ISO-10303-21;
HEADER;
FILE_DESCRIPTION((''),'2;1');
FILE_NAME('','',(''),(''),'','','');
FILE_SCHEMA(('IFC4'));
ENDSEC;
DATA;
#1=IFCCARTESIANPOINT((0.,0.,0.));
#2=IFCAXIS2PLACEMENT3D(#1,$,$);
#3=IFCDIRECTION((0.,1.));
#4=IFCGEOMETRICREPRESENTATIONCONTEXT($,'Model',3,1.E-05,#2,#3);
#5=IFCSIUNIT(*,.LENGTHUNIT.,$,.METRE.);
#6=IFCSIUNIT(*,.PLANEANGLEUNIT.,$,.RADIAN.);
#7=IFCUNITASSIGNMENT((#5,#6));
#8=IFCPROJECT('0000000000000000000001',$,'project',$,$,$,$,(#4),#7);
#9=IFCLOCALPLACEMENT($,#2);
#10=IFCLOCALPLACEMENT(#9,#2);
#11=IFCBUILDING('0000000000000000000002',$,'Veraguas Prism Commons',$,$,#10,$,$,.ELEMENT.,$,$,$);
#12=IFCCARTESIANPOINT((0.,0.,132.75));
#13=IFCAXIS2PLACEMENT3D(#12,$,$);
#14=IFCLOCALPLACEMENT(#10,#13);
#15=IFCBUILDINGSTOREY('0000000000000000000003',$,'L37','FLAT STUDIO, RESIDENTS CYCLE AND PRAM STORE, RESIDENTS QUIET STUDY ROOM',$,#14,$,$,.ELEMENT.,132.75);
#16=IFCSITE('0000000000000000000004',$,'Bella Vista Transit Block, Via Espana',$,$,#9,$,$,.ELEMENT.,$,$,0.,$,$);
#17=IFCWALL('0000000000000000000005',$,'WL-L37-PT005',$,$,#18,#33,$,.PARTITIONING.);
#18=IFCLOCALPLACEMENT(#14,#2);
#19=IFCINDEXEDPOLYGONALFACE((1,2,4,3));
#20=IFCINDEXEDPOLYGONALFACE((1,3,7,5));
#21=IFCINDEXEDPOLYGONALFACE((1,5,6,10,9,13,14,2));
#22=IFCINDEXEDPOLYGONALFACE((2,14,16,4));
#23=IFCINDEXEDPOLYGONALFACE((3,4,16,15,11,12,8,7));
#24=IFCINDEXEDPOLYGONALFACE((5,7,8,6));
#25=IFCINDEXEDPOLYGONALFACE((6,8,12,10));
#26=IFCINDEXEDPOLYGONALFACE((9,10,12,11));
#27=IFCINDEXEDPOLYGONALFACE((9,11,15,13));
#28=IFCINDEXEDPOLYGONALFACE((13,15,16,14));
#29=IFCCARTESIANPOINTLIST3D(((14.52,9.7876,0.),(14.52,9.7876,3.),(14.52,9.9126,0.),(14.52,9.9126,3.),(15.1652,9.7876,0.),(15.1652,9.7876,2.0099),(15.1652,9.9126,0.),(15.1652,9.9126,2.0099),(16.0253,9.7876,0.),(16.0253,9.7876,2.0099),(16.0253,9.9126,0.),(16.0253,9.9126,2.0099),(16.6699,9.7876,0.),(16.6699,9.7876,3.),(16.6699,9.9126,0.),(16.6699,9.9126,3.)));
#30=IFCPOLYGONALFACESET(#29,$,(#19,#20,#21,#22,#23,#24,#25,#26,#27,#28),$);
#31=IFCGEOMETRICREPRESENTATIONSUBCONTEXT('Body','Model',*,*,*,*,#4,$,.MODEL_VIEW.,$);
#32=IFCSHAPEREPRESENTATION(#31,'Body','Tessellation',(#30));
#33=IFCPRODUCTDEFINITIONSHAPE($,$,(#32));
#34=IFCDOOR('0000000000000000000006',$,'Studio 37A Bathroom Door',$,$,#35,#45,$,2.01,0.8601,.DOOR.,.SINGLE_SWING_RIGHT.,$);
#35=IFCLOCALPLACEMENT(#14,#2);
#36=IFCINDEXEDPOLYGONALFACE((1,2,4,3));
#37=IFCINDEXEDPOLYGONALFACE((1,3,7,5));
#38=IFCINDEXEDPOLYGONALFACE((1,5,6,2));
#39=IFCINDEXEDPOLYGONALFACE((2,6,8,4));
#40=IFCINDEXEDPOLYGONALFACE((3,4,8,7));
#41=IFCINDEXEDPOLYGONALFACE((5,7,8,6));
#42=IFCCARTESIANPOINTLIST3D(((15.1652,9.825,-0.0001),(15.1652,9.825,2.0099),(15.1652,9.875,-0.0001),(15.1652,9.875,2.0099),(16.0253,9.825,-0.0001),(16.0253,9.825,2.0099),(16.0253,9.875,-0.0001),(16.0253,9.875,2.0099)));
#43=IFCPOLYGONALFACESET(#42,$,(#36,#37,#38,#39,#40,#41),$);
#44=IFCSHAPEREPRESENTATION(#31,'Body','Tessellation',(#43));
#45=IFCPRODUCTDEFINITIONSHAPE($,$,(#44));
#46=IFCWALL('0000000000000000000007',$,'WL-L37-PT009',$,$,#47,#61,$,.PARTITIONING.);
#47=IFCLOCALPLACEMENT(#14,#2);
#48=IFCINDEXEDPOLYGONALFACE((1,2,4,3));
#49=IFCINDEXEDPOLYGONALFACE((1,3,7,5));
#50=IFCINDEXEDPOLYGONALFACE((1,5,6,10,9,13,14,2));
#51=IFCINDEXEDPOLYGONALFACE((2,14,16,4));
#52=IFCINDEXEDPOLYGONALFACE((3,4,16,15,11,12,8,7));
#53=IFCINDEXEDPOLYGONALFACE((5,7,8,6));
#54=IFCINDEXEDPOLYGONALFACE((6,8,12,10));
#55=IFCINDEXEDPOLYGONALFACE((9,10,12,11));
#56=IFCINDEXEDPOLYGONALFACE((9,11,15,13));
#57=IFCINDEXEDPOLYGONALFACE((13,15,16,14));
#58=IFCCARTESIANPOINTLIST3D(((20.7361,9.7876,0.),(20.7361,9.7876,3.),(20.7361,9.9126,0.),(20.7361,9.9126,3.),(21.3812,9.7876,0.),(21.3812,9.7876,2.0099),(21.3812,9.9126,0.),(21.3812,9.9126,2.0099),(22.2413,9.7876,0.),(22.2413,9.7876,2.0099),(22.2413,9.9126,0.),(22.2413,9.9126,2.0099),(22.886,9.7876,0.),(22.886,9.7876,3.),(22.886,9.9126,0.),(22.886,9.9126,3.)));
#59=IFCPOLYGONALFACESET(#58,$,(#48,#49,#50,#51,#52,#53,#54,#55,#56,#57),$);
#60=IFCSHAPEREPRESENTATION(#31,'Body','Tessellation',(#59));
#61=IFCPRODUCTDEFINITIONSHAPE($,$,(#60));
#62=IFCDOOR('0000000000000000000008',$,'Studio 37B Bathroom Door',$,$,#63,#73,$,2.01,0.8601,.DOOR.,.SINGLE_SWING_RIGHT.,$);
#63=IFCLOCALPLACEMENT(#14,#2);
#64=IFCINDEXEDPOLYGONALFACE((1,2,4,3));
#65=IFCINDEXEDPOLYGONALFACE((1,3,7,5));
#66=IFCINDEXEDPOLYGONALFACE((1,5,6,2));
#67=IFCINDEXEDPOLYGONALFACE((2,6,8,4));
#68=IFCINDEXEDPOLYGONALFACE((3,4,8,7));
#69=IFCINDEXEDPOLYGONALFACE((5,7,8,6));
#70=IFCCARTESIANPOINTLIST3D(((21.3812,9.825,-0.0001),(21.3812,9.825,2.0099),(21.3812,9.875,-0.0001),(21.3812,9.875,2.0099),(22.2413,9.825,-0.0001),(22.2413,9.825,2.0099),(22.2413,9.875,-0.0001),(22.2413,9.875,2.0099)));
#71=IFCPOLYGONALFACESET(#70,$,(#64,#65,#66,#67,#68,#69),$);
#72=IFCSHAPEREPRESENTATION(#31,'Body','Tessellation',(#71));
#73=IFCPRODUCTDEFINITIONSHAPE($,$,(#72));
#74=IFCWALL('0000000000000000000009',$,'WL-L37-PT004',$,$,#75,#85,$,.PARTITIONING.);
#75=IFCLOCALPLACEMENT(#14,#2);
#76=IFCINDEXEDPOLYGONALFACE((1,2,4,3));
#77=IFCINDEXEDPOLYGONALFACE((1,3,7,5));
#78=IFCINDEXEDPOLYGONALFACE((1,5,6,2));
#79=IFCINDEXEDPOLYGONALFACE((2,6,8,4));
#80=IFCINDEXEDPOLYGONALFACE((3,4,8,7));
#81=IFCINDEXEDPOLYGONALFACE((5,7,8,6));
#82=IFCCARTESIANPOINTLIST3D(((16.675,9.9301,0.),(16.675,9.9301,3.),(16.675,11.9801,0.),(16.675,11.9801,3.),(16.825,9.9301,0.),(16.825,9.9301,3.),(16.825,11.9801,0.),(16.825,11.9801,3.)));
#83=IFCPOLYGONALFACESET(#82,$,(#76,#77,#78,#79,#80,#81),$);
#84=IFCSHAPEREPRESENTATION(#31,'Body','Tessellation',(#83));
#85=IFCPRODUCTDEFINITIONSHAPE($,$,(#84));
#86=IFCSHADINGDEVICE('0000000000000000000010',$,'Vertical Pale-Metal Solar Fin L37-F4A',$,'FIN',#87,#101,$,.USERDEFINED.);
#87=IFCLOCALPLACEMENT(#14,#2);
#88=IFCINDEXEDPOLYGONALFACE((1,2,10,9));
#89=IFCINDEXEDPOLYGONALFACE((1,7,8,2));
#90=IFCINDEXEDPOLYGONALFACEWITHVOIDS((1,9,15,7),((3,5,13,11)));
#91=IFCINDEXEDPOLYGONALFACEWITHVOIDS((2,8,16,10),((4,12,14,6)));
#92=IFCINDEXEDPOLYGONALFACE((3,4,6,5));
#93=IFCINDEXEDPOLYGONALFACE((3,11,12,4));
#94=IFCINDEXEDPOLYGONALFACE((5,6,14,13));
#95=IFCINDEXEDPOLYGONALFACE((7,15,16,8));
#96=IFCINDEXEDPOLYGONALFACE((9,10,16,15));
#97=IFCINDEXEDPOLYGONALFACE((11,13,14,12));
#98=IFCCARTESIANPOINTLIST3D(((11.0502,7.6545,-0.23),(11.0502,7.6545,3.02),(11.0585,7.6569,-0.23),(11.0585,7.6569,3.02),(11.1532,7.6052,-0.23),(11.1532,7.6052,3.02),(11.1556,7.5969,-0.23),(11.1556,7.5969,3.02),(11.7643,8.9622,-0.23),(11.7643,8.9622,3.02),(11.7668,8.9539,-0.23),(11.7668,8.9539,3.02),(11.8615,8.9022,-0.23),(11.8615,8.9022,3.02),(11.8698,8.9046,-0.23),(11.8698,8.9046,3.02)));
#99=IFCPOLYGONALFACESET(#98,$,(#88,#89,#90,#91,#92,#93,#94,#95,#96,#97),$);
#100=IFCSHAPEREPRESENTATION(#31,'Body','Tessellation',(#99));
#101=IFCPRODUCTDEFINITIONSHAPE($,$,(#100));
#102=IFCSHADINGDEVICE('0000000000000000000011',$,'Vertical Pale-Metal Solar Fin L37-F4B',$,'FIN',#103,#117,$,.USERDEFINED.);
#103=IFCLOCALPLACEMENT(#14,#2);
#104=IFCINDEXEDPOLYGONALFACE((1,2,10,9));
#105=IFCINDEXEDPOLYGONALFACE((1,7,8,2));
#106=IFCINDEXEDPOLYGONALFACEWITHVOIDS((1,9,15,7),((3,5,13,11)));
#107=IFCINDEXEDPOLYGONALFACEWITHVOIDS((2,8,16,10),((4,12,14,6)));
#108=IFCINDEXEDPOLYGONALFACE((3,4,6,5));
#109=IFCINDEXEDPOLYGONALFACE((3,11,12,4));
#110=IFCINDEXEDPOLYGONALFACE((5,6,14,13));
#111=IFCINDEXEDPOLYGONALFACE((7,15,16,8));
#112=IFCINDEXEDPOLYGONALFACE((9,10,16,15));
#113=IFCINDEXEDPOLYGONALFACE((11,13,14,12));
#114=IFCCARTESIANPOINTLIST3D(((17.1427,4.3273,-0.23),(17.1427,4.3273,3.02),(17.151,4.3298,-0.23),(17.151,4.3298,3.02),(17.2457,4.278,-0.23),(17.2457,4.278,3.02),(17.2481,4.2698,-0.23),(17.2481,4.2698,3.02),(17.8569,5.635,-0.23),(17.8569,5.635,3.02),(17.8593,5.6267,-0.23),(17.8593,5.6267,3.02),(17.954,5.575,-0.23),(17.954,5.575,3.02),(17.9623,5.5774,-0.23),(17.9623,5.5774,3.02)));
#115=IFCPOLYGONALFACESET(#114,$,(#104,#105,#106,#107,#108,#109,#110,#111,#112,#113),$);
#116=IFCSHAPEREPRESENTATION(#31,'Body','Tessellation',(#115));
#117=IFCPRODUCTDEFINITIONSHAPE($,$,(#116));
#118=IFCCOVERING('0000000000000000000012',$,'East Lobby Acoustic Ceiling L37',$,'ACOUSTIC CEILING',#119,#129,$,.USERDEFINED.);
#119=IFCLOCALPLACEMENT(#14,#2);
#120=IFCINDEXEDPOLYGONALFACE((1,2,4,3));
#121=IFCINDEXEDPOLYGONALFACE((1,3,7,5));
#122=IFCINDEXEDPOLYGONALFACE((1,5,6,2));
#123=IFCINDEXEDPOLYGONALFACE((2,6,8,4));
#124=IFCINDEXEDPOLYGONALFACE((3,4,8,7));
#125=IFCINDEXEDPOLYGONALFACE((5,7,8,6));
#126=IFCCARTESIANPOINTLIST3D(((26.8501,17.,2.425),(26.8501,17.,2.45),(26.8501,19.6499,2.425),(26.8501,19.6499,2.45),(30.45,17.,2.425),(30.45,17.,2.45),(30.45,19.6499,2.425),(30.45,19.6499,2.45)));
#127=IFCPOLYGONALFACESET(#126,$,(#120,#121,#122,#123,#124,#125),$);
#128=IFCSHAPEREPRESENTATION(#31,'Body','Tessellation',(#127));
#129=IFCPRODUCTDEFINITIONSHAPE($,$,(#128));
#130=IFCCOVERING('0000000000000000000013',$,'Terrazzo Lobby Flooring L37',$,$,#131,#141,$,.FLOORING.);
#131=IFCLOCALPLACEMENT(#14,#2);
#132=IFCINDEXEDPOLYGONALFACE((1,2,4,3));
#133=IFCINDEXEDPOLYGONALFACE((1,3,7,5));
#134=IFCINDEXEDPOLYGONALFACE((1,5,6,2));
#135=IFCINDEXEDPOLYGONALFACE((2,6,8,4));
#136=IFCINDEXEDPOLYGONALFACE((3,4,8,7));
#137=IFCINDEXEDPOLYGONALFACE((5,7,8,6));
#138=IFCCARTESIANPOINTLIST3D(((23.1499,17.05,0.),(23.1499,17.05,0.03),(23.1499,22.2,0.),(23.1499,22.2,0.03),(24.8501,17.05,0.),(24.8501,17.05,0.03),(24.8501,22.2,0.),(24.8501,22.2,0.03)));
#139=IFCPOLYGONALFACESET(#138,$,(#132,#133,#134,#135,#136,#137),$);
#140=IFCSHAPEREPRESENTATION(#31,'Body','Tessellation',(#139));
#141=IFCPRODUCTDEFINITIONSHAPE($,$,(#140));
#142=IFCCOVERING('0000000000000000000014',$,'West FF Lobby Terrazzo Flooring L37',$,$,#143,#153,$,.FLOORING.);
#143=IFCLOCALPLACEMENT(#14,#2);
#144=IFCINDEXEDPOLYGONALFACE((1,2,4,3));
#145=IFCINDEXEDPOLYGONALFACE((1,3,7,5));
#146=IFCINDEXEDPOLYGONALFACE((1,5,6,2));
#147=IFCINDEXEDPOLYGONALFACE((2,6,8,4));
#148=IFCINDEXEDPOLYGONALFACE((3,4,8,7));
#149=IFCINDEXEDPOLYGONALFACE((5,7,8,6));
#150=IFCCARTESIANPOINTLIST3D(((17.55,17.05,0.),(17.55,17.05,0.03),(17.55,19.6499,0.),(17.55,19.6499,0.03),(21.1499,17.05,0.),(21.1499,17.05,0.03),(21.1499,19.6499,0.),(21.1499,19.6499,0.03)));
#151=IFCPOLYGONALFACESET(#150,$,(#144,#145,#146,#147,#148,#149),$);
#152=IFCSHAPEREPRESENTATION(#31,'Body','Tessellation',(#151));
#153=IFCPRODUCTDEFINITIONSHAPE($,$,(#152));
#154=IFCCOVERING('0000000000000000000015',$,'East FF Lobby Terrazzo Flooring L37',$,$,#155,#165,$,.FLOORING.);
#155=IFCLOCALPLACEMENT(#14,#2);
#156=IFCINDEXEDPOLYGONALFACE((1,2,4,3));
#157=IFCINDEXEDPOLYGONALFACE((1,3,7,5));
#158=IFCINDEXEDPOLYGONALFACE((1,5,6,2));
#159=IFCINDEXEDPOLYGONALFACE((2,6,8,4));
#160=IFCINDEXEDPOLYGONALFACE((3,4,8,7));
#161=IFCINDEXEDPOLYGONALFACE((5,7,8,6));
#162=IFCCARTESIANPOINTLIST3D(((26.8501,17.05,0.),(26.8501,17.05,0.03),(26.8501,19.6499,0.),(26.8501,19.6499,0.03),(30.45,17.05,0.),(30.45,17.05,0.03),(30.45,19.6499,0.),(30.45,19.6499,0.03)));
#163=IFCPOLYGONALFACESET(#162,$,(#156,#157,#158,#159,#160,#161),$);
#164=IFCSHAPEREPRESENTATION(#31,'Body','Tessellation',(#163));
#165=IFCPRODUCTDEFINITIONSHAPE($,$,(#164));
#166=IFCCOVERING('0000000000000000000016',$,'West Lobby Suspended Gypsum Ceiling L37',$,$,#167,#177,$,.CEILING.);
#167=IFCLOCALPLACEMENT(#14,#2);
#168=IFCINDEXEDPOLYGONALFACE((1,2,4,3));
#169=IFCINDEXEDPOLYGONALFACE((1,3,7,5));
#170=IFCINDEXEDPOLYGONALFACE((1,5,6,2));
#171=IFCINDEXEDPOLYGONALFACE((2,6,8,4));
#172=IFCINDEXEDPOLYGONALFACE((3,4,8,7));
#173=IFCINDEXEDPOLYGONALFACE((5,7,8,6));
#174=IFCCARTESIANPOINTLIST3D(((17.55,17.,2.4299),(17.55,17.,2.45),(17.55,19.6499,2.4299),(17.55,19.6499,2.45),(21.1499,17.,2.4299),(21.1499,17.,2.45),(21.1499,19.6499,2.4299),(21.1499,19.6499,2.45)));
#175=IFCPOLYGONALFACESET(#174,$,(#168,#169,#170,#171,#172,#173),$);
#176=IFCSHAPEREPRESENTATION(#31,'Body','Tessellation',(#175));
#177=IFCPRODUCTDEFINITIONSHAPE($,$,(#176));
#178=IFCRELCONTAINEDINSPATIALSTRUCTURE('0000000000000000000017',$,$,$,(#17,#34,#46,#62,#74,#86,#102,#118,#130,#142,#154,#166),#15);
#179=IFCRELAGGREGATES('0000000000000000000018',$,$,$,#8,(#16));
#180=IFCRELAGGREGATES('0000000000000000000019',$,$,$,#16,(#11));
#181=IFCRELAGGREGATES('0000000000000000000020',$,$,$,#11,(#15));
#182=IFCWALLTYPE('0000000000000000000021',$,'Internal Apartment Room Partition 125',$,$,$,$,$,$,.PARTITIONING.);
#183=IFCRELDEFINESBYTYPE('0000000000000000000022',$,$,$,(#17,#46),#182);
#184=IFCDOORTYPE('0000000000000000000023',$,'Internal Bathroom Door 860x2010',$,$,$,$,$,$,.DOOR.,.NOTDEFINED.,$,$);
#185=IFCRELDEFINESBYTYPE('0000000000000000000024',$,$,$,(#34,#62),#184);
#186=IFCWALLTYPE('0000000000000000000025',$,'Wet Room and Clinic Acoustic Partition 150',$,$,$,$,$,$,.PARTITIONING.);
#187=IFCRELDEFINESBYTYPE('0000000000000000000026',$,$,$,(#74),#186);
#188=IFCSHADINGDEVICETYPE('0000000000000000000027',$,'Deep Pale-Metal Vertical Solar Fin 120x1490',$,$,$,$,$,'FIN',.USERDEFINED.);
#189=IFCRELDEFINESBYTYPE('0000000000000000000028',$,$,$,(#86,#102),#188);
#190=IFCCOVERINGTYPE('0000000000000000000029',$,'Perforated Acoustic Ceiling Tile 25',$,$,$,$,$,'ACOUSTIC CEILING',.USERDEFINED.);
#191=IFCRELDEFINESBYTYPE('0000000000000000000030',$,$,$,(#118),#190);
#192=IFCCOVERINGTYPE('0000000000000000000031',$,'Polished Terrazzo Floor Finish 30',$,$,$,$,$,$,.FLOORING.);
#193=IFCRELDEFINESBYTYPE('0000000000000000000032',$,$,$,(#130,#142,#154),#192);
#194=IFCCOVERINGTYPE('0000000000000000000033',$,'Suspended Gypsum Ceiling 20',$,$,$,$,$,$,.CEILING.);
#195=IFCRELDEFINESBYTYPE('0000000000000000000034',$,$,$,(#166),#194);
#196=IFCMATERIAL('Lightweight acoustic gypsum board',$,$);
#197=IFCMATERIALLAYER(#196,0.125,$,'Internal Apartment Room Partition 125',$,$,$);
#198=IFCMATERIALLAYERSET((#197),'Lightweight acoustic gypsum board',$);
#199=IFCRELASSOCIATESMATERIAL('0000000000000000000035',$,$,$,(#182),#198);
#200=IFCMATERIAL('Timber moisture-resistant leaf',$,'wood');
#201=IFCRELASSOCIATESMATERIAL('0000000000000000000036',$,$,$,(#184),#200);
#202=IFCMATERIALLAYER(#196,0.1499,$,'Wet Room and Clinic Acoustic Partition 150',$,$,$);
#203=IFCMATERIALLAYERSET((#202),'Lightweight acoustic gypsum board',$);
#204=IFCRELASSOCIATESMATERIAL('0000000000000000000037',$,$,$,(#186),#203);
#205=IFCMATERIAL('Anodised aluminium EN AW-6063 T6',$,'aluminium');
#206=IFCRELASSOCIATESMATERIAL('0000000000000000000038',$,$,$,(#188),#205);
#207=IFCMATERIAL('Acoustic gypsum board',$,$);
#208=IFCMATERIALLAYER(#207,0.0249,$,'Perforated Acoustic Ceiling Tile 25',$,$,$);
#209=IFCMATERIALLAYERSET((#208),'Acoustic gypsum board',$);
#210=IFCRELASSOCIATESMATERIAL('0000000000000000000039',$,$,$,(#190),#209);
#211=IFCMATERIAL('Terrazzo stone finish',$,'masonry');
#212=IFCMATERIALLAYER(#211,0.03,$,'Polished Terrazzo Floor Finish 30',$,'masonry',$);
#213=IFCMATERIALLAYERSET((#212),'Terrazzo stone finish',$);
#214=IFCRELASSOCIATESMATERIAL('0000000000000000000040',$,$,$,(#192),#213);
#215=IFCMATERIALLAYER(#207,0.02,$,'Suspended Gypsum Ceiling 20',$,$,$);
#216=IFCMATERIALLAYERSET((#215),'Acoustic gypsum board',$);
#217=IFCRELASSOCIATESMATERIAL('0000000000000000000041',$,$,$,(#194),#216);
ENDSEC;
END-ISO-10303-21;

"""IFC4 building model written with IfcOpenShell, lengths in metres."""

from ifc_helpers import new_model, si_unit, direction, frame, frame_2d, origin, origin_2d, place, context, subcontext, project, spatial, polyline, rectangle, hollow_rectangle, outline, extrude, source, transform, mapped, material, layer, layer_set, material_profile, profile_set, type_object, element, fill, save


model = new_model("IFC4")

# Units and contexts
model_context = context("Model", 3, precision=1e-05, world=origin(), true_north=direction((0.0, 1.0)))
body_context = subcontext(model_context, "Body", "Model", "MODEL_VIEW")
ifc_project = project(units=[si_unit("LENGTHUNIT", "METRE"), si_unit("PLANEANGLEUNIT", "RADIAN")], contexts=[model_context])

# Site, building, storey
site_placement = place(None, origin())
site = spatial("IfcSite", under=ifc_project, at=site_placement, Name="Bella Vista Transit Block, Via Espana", CompositionType="ELEMENT", RefElevation=0.0)
building_placement = place(site_placement, origin())
building = spatial("IfcBuilding", under=site, at=building_placement, Name="Veraguas Prism Commons", CompositionType="ELEMENT")
storey_placement = place(building_placement, frame((0.0, 0.0, 132.75)))
storey = spatial("IfcBuildingStorey", under=building, at=storey_placement, Name="L37", Description="FLAT STUDIO, RESIDENTS CYCLE AND PRAM STORE, RESIDENTS QUIET STUDY ROOM", CompositionType="ELEMENT", Elevation=132.75)

# Shared definitions
ifc_material_1 = material(Name="Anodised aluminium EN AW-6063 T6", Category="aluminium")

# Walls, openings, doors
ifc_material_2 = material(Name="Lightweight acoustic gypsum board")
ifc_layer_1 = layer(ifc_material_2, 0.125, Name="Internal Apartment Room Partition 125")
ifc_layer_set_1 = layer_set([ifc_layer_1], Name="Lightweight acoustic gypsum board")
wall_type_1 = type_object("IfcWallType", Name="Internal Apartment Room Partition 125", PredefinedType="PARTITIONING", material=ifc_layer_set_1)
wall_1_placement = place(storey_placement, frame((14.52, 9.8501, 0.0), z_axis=(0.0, 0.0, 1.0), x_axis=(1.0, 0.0, 0.0)))
wall_1 = element("IfcWall", 1, at=wall_1_placement, inside=storey, type_object=wall_type_1, Name="WL-L37-PT005", PredefinedType="PARTITIONING", context=body_context, shape_type="SweptSolid", body=[
    extrude(rectangle(XDim=2.1499, YDim=0.125, at=frame_2d((1.075, 0.0))), origin(), (0.0, 0.0, 1.0), 3.0),
])
opening_1_placement = place(wall_1_placement, frame((0.645, 0.0, 0.0)))
opening_1 = element("IfcOpeningElement", 2, at=opening_1_placement, cuts=wall_1, PredefinedType="OPENING", context=body_context, shape_type="SweptSolid", body=[
    extrude(rectangle(XDim=0.8601, YDim=2.01, at=frame_2d((0.4302, 1.0049))), frame((0.0, 0.0725, 0.0), z_axis=(0.0, -1.0, 0.0), x_axis=(1.0, 0.0, 0.0)), (0.0, 0.0, 1.0), 0.145),
])
ifc_material_3 = material(Name="Timber moisture-resistant leaf", Category="wood")
door_type = type_object("IfcDoorType", Name="Internal Bathroom Door 860x2010", OperationType="NOTDEFINED", PredefinedType="DOOR", material=ifc_material_3)
shared_shape_1 = source(origin(), body_context, "Body", "SweptSolid", [
    extrude(rectangle(XDim=0.8601, YDim=2.01, at=frame_2d((0.4302, 1.0049))), frame((0.0, 0.0249, 0.0), z_axis=(0.0, -1.0, 0.0), x_axis=(1.0, 0.0, 0.0)), (0.0, 0.0, 1.0), 0.05),
])
door_1_placement = place(opening_1_placement, origin())
door_1 = element("IfcDoor", 3, at=door_1_placement, inside=storey, type_object=door_type, Name="Studio 37A Bathroom Door", OperationType="SINGLE_SWING_RIGHT", OverallHeight=2.01, OverallWidth=0.8601, PredefinedType="DOOR", context=body_context, shape_type="MappedRepresentation", body=[
    mapped(shared_shape_1, transform((0.0, 0.0, 0.0), scale=1.0)),
])
fill(opening_1, door_1)
wall_2_placement = place(storey_placement, frame((20.7361, 9.8501, 0.0), z_axis=(0.0, 0.0, 1.0), x_axis=(1.0, 0.0, 0.0)))
wall_2 = element("IfcWall", 4, at=wall_2_placement, inside=storey, type_object=wall_type_1, Name="WL-L37-PT009", PredefinedType="PARTITIONING", context=body_context, shape_type="SweptSolid", body=[
    extrude(rectangle(XDim=2.1499, YDim=0.125, at=frame_2d((1.075, 0.0))), origin(), (0.0, 0.0, 1.0), 3.0),
])
opening_2_placement = place(wall_2_placement, frame((0.645, 0.0, 0.0)))
opening_2 = element("IfcOpeningElement", 5, at=opening_2_placement, cuts=wall_2, PredefinedType="OPENING", context=body_context, shape_type="SweptSolid", body=[
    extrude(rectangle(XDim=0.8601, YDim=2.01, at=frame_2d((0.4302, 1.0049))), frame((0.0, 0.0725, 0.0), z_axis=(0.0, -1.0, 0.0), x_axis=(1.0, 0.0, 0.0)), (0.0, 0.0, 1.0), 0.145),
])
door_2_placement = place(opening_2_placement, origin())
door_2 = element("IfcDoor", 6, at=door_2_placement, inside=storey, type_object=door_type, Name="Studio 37B Bathroom Door", OperationType="SINGLE_SWING_RIGHT", OverallHeight=2.01, OverallWidth=0.8601, PredefinedType="DOOR", context=body_context, shape_type="MappedRepresentation", body=[
    mapped(shared_shape_1, transform((0.0, 0.0, 0.0), scale=1.0)),
])
fill(opening_2, door_2)

# Wall
ifc_layer_2 = layer(ifc_material_2, 0.1499, Name="Wet Room and Clinic Acoustic Partition 150")
ifc_layer_set_2 = layer_set([ifc_layer_2], Name="Lightweight acoustic gypsum board")
wall_type_2 = type_object("IfcWallType", Name="Wet Room and Clinic Acoustic Partition 150", PredefinedType="PARTITIONING", material=ifc_layer_set_2)
wall_3_placement = place(storey_placement, frame((16.75, 11.98, 0.0), z_axis=(0.0, 0.0, 1.0), x_axis=(0.0, -1.0, 0.0)))
element("IfcWall", 7, at=wall_3_placement, inside=storey, type_object=wall_type_2, Name="WL-L37-PT004", PredefinedType="PARTITIONING", context=body_context, shape_type="SweptSolid", body=[
    extrude(rectangle(XDim=2.05, YDim=0.1499, at=frame_2d((1.0249, 0.0))), origin(), (0.0, 0.0, 1.0), 3.0),
])

# Shading devices
ifc_material_profile_1 = material_profile(ifc_material_1, hollow_rectangle(XDim=0.1201, YDim=1.49, WallThickness=0.0061, at=origin_2d()), Name="FIN120X1490X6")
ifc_profile_set_1 = profile_set([ifc_material_profile_1], Name="Anodised aluminium EN AW-6063 T6")
shading_device_type = type_object("IfcShadingDeviceType", Name="Deep Pale-Metal Vertical Solar Fin 120x1490", ElementType="FIN", PredefinedType="USERDEFINED", material=ifc_profile_set_1)
for number, where, z_axis, x_axis, name in (
    (8, (11.46, 8.2795, -0.23), (0.0, 0.0, 1.0), (0.877648, -0.479306, 0.0), "Vertical Pale-Metal Solar Fin L37-F4A"),
    (9, (17.5525, 4.9524, -0.23), (0.0, 0.0, 1.0), (0.877648, -0.479306, 0.0), "Vertical Pale-Metal Solar Fin L37-F4B"),
):
    element("IfcShadingDevice", number, at=place(storey_placement, frame(where, z_axis=z_axis, x_axis=x_axis)), inside=storey, type_object=shading_device_type, Name=name, ObjectType="FIN", PredefinedType="USERDEFINED", context=body_context, shape_type="SweptSolid", body=[
        extrude(hollow_rectangle(XDim=0.1201, YDim=1.49, WallThickness=0.0061, at=origin_2d()), origin(), (0.0, 0.0, 1.0), 3.25),
    ])

# Coverings
ifc_material_4 = material(Name="Acoustic gypsum board")
ifc_layer_3 = layer(ifc_material_4, 0.0249, Name="Perforated Acoustic Ceiling Tile 25")
ifc_layer_set_3 = layer_set([ifc_layer_3], Name="Acoustic gypsum board")
covering_type_1 = type_object("IfcCoveringType", Name="Perforated Acoustic Ceiling Tile 25", ElementType="ACOUSTIC CEILING", PredefinedType="USERDEFINED", material=ifc_layer_set_3)
covering_1_placement = place(storey_placement, frame((0.0, 0.0, 2.425)))
element("IfcCovering", 10, at=covering_1_placement, inside=storey, type_object=covering_type_1, Name="East Lobby Acoustic Ceiling L37", ObjectType="ACOUSTIC CEILING", PredefinedType="USERDEFINED", context=body_context, shape_type="SweptSolid", body=[
    extrude(outline(polyline([(26.8501, 17.0), (30.45, 17.0), (30.45, 19.6499), (26.8501, 19.6499), (26.8501, 17.0)])), origin(), (0.0, 0.0, 1.0), 0.0249),
])
ifc_material_5 = material(Name="Terrazzo stone finish", Category="masonry")
ifc_layer_4 = layer(ifc_material_5, 0.03, Name="Polished Terrazzo Floor Finish 30", Category="masonry")
ifc_layer_set_4 = layer_set([ifc_layer_4], Name="Terrazzo stone finish")
covering_type_2 = type_object("IfcCoveringType", Name="Polished Terrazzo Floor Finish 30", PredefinedType="FLOORING", material=ifc_layer_set_4)
covering_2_placement = place(storey_placement, origin())
element("IfcCovering", 11, at=covering_2_placement, inside=storey, type_object=covering_type_2, Name="Terrazzo Lobby Flooring L37", PredefinedType="FLOORING", context=body_context, shape_type="SweptSolid", body=[
    extrude(outline(polyline([(23.1499, 17.05), (24.8501, 17.05), (24.8501, 22.2), (23.1499, 22.2), (23.1499, 17.05)])), origin(), (0.0, 0.0, 1.0), 0.03),
])
covering_3_placement = place(storey_placement, origin())
element("IfcCovering", 12, at=covering_3_placement, inside=storey, type_object=covering_type_2, Name="West FF Lobby Terrazzo Flooring L37", PredefinedType="FLOORING", context=body_context, shape_type="SweptSolid", body=[
    extrude(outline(polyline([(17.55, 17.05), (21.1499, 17.05), (21.1499, 19.6499), (17.55, 19.6499), (17.55, 17.05)])), origin(), (0.0, 0.0, 1.0), 0.03),
])
covering_4_placement = place(storey_placement, origin())
element("IfcCovering", 13, at=covering_4_placement, inside=storey, type_object=covering_type_2, Name="East FF Lobby Terrazzo Flooring L37", PredefinedType="FLOORING", context=body_context, shape_type="SweptSolid", body=[
    extrude(outline(polyline([(26.8501, 17.05), (30.45, 17.05), (30.45, 19.6499), (26.8501, 19.6499), (26.8501, 17.05)])), origin(), (0.0, 0.0, 1.0), 0.03),
])
ifc_layer_5 = layer(ifc_material_4, 0.02, Name="Suspended Gypsum Ceiling 20")
ifc_layer_set_5 = layer_set([ifc_layer_5], Name="Acoustic gypsum board")
covering_type_3 = type_object("IfcCoveringType", Name="Suspended Gypsum Ceiling 20", PredefinedType="CEILING", material=ifc_layer_set_5)
covering_5_placement = place(storey_placement, frame((0.0, 0.0, 2.4299)))
element("IfcCovering", 14, at=covering_5_placement, inside=storey, type_object=covering_type_3, Name="West Lobby Suspended Gypsum Ceiling L37", PredefinedType="CEILING", context=body_context, shape_type="SweptSolid", body=[
    extrude(outline(polyline([(17.55, 17.0), (21.1499, 17.0), (21.1499, 19.6499), (17.55, 19.6499), (17.55, 17.0)])), origin(), (0.0, 0.0, 1.0), 0.02),
])

save(model, "model.ifc")
